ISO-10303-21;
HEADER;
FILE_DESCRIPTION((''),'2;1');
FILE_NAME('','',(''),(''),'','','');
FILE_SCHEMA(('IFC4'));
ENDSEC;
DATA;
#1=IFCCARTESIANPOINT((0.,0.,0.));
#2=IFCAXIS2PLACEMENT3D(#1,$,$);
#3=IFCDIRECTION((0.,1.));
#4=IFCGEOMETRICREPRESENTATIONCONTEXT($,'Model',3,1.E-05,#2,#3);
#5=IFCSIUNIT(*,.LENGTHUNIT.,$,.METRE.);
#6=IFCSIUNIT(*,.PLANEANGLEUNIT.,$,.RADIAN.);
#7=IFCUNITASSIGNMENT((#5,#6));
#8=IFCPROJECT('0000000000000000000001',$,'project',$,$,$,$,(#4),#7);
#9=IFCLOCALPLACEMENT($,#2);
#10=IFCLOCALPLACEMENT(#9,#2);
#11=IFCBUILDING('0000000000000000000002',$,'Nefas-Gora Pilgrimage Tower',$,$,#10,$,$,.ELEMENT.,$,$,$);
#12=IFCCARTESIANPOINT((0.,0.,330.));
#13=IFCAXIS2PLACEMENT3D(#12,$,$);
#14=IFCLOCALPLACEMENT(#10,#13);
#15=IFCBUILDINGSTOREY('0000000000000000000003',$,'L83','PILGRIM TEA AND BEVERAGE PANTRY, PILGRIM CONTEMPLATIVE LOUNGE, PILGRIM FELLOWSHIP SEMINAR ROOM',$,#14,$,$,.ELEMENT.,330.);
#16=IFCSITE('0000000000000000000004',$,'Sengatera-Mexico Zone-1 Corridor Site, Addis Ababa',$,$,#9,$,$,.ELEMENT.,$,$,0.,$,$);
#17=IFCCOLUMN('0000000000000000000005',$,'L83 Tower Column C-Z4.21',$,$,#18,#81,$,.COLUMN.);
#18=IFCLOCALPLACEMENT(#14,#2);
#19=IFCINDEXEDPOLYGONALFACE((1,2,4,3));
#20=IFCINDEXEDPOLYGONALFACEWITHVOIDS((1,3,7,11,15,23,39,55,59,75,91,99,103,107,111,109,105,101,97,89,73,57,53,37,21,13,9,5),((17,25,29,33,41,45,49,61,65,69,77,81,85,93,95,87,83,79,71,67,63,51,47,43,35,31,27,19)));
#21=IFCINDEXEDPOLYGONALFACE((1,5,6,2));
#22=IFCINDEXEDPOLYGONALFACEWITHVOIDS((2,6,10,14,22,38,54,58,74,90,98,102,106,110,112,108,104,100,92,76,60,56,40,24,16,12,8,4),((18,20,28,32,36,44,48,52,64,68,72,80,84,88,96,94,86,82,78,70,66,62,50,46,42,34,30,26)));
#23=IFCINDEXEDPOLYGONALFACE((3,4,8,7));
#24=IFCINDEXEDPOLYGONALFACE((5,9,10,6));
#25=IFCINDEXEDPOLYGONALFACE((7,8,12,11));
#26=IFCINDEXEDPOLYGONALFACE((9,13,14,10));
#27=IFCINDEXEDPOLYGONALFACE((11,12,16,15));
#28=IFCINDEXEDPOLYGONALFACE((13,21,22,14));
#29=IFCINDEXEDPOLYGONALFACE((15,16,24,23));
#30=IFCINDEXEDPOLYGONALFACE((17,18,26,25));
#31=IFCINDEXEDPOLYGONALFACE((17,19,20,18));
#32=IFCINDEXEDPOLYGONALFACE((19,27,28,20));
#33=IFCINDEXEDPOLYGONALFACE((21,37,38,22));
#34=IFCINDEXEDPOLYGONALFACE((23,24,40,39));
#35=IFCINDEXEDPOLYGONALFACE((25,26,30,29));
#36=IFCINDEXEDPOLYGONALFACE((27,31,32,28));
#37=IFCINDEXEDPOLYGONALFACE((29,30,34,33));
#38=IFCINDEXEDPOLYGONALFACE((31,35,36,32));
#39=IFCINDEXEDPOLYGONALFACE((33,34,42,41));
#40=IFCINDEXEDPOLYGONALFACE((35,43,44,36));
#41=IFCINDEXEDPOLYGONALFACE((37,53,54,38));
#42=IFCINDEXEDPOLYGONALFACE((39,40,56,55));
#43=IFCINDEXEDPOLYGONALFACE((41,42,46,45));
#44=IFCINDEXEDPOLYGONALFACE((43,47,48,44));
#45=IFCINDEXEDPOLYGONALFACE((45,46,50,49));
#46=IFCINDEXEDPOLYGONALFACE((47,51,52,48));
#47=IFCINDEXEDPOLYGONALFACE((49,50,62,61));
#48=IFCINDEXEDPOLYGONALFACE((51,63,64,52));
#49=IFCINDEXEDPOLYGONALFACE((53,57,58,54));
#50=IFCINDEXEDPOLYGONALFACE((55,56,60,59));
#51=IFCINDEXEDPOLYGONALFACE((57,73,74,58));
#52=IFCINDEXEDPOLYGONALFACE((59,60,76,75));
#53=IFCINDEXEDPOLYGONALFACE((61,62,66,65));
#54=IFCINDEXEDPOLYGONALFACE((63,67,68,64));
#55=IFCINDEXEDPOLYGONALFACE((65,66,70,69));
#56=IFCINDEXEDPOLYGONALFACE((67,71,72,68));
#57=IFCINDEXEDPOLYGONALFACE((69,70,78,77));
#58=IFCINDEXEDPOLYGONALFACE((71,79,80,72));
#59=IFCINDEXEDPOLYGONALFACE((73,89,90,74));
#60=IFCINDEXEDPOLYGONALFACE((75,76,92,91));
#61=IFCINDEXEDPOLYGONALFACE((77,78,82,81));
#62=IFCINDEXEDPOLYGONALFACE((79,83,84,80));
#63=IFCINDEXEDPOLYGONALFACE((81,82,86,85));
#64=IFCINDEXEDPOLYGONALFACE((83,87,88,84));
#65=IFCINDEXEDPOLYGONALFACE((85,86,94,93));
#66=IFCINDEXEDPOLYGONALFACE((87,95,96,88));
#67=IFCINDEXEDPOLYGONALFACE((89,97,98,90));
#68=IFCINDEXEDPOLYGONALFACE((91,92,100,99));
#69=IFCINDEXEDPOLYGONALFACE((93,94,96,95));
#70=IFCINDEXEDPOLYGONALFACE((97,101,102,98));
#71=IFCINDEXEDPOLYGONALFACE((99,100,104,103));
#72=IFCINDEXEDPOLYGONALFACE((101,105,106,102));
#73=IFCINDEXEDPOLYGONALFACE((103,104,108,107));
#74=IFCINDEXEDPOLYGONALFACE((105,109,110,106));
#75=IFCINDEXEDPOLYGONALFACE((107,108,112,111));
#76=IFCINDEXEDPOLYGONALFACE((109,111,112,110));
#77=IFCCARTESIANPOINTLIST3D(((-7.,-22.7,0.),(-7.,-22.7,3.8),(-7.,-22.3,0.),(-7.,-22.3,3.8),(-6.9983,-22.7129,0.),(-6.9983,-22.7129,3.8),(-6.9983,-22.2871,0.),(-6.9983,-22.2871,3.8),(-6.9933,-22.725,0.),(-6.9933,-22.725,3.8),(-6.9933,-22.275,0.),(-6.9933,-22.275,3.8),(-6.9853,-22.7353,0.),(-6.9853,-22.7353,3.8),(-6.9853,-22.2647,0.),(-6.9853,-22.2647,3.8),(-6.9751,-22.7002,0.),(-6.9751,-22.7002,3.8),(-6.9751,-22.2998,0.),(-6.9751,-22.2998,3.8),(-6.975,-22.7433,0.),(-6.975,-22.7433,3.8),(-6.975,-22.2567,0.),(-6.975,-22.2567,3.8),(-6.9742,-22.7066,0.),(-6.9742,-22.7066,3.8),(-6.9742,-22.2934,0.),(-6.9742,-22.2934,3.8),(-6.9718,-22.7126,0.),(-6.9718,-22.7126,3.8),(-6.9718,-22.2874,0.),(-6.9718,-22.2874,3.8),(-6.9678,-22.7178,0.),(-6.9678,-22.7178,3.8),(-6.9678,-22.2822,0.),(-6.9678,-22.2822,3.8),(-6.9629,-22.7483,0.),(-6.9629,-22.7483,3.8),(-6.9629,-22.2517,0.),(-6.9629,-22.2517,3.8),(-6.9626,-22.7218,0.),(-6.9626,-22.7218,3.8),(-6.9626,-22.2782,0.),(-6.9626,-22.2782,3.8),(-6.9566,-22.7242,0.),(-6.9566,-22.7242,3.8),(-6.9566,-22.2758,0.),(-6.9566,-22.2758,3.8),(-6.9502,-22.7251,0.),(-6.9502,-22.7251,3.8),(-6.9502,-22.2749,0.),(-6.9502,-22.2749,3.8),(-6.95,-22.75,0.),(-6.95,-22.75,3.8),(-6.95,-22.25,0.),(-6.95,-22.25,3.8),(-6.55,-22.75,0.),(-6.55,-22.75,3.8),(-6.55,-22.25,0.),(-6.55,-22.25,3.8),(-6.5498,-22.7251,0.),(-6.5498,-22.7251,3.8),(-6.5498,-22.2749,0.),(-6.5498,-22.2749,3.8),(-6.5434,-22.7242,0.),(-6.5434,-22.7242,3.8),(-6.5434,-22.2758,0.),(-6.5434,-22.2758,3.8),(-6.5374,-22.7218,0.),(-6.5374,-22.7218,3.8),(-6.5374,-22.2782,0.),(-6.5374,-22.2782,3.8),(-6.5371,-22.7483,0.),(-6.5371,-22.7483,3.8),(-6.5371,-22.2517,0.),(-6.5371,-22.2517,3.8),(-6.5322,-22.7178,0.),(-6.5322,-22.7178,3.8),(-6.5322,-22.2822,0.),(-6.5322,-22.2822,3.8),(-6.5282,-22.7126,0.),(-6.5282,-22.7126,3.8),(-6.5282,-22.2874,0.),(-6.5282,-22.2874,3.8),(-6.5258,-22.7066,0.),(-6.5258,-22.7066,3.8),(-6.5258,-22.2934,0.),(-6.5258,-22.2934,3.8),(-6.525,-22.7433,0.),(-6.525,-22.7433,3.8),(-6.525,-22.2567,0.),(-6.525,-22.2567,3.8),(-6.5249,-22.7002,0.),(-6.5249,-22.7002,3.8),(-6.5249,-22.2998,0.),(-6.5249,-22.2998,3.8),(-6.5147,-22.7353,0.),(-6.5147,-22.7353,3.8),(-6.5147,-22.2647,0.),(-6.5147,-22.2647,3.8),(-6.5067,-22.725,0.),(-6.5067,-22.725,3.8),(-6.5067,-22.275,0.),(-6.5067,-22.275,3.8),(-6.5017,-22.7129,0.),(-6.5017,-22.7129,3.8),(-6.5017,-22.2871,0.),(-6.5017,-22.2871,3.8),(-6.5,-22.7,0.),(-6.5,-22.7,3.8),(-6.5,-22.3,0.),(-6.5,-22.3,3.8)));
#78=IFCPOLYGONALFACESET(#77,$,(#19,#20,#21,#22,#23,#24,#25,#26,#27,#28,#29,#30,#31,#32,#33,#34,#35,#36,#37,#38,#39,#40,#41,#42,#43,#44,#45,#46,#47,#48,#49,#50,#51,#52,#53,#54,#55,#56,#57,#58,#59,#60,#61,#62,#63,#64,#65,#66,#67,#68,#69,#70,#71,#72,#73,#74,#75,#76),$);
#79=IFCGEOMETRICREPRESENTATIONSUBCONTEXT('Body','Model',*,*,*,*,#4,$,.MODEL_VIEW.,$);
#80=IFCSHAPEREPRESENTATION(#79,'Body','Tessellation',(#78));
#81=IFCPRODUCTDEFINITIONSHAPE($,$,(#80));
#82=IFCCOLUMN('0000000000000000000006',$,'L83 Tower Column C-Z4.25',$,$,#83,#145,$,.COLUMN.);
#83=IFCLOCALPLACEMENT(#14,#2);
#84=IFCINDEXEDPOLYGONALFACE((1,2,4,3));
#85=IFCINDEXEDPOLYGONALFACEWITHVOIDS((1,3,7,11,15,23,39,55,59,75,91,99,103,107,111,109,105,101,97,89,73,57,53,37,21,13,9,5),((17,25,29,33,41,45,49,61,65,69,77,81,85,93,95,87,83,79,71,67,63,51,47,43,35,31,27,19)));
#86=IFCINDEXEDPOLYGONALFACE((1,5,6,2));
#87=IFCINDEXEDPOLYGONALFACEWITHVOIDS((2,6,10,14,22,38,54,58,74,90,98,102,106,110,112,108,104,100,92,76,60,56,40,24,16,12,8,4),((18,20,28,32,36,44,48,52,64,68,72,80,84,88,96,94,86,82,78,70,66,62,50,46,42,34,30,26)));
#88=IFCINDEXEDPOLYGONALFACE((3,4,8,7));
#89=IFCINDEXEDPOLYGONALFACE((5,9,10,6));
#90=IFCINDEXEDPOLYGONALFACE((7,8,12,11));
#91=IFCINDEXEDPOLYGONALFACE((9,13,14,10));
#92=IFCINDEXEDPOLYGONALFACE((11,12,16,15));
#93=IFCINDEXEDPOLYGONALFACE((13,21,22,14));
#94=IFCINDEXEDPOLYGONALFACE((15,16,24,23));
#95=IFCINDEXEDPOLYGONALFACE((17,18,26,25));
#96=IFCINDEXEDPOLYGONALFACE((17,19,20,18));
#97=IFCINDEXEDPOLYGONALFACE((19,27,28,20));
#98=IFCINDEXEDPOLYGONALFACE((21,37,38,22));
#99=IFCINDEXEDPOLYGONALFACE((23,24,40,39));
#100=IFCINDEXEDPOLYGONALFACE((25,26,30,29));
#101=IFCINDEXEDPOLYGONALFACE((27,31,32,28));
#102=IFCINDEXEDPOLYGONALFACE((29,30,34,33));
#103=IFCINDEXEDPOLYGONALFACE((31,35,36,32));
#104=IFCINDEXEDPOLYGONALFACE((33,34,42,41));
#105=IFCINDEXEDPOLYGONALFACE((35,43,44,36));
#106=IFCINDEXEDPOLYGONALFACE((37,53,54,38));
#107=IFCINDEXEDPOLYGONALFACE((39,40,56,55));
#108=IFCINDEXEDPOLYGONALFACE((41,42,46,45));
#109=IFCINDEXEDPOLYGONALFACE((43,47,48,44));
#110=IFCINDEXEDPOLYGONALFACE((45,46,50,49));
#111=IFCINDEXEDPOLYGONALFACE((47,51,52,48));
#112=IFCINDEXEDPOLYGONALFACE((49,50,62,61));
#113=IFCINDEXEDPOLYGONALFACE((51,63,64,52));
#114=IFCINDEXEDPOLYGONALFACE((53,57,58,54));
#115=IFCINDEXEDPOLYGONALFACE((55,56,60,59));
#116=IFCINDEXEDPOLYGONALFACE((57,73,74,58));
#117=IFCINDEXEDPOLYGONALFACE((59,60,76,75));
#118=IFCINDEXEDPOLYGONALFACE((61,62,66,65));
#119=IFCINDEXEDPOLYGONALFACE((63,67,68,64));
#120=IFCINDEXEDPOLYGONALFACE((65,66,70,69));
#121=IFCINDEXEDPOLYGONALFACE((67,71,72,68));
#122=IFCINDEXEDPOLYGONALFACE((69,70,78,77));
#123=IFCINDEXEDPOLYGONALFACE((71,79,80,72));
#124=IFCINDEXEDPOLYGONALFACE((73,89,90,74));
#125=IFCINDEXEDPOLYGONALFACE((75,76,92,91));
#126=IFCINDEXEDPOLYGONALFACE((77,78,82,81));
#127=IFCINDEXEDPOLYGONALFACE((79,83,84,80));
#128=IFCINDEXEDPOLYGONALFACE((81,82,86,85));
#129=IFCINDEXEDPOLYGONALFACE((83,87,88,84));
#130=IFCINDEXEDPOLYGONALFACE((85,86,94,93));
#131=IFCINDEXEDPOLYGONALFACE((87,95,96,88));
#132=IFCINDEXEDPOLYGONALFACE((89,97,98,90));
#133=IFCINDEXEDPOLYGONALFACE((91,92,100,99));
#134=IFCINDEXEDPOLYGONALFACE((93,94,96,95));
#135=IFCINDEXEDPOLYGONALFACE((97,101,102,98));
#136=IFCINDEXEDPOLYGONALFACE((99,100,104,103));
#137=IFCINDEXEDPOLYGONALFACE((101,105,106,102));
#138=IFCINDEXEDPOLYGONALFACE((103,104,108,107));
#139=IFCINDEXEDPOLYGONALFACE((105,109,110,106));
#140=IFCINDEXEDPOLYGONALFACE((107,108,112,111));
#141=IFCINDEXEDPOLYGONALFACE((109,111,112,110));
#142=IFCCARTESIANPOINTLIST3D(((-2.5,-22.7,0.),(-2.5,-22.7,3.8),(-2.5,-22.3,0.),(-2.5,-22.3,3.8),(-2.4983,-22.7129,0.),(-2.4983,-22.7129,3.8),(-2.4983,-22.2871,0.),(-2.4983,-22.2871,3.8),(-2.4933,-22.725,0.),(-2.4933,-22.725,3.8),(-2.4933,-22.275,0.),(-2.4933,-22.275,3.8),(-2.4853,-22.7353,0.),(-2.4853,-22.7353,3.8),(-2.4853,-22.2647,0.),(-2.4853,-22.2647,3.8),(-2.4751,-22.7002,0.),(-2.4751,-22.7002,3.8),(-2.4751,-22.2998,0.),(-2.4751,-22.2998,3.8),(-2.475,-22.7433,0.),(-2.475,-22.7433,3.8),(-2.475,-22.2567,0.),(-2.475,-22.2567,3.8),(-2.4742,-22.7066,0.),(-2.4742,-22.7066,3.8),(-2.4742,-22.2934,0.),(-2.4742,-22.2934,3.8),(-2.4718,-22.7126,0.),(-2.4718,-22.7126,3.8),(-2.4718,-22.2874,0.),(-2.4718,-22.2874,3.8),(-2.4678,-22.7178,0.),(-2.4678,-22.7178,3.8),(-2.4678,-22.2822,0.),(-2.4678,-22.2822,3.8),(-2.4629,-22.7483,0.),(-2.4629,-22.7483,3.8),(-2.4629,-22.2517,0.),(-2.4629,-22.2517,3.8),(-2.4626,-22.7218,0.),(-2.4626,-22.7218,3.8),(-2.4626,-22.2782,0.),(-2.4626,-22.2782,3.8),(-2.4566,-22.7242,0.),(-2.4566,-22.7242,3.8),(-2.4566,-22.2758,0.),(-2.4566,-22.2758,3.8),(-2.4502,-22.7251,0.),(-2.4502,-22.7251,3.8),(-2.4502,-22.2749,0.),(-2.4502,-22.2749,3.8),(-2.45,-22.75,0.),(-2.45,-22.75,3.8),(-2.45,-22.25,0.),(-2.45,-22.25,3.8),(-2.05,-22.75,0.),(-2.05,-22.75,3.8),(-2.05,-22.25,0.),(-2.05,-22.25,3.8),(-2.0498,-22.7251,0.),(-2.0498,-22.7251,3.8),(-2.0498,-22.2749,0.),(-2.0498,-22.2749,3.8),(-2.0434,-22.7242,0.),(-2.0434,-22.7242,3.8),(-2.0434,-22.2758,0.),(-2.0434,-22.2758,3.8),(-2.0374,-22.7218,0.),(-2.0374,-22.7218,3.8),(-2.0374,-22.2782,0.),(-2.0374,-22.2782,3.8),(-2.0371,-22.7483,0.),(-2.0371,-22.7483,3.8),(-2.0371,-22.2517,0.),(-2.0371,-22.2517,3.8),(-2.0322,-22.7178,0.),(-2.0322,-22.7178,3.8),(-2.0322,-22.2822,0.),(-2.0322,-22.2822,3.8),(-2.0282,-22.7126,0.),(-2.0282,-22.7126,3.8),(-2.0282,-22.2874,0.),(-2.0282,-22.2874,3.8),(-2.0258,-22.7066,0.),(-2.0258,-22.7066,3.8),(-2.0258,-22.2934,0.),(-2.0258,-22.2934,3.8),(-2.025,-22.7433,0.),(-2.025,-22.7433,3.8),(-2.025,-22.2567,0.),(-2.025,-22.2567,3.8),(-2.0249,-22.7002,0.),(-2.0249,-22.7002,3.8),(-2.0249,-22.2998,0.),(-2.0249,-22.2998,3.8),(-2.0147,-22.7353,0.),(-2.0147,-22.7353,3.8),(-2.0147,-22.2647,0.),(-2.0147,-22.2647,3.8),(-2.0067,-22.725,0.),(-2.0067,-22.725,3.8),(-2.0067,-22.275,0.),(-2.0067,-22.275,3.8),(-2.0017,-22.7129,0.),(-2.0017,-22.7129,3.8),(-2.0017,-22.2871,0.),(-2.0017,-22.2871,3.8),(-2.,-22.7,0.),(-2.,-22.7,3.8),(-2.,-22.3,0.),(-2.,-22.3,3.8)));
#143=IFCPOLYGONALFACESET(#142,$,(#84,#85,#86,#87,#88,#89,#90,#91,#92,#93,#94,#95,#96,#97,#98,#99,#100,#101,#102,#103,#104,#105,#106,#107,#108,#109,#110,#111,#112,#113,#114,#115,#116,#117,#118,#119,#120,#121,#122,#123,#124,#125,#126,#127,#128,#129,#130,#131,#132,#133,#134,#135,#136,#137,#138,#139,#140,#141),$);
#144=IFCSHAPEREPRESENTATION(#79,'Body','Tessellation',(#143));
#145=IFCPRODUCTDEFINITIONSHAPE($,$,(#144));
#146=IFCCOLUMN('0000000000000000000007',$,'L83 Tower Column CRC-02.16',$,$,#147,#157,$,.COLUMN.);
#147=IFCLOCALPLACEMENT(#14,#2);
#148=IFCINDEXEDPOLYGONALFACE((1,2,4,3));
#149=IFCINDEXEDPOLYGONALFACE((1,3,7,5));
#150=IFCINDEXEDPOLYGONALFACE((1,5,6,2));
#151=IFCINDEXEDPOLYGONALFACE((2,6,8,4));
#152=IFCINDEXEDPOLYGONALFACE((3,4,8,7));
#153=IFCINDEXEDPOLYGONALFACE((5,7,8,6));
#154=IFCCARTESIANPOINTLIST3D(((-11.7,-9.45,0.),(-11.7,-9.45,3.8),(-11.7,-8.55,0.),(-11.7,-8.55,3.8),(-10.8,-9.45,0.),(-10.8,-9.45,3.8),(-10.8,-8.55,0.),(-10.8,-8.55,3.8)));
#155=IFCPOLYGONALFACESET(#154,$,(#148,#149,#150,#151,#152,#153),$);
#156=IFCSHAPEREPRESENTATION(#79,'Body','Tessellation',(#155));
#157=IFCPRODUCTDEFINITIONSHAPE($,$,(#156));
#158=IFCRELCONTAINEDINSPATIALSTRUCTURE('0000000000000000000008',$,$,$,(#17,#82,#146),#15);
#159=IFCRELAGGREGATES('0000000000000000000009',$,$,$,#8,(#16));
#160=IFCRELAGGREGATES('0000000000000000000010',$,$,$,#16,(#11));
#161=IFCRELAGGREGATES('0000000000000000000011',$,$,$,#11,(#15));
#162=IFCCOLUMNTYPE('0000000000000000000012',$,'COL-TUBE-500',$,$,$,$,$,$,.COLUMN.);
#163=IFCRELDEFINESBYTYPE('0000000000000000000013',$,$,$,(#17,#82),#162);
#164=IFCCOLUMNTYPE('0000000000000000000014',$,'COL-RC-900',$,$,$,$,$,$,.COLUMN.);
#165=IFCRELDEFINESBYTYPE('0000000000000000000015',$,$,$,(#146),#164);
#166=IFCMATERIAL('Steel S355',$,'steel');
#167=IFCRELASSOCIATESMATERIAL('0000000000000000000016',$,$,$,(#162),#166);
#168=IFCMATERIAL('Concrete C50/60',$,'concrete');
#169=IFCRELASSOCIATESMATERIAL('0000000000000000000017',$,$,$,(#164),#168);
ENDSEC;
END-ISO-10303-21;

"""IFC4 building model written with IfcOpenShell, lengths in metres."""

from ifc_helpers import new_model, si_unit, direction, frame, origin, origin_2d, place, context, subcontext, project, spatial, rectangle, hollow_rectangle, extrude, source, transform, mapped, material, material_profile, profile_set, type_object, element, save


model = new_model("IFC4")

# Units and contexts
model_context = context("Model", 3, precision=1e-05, world=origin(), true_north=direction((0.0, 1.0)))
body_context = subcontext(model_context, "Body", "Model", "MODEL_VIEW")
ifc_project = project(units=[si_unit("LENGTHUNIT", "METRE"), si_unit("PLANEANGLEUNIT", "RADIAN")], contexts=[model_context])

# Site, building, storey
site_placement = place(None, origin())
site = spatial("IfcSite", under=ifc_project, at=site_placement, Name="Sengatera-Mexico Zone-1 Corridor Site, Addis Ababa", CompositionType="ELEMENT", RefElevation=0.0)
building_placement = place(site_placement, origin())
building = spatial("IfcBuilding", under=site, at=building_placement, Name="Nefas-Gora Pilgrimage Tower", CompositionType="ELEMENT")
storey_placement = place(building_placement, frame((0.0, 0.0, 330.0)))
storey = spatial("IfcBuildingStorey", under=building, at=storey_placement, Name="L83", Description="PILGRIM TEA AND BEVERAGE PANTRY, PILGRIM CONTEMPLATIVE LOUNGE, PILGRIM FELLOWSHIP SEMINAR ROOM", CompositionType="ELEMENT", Elevation=330.0)

# Columns
ifc_material_1 = material(Name="Steel S355", Category="steel")
ifc_material_profile_1 = material_profile(ifc_material_1, hollow_rectangle(XDim=0.5, YDim=0.5, WallThickness=0.0249, InnerFilletRadius=0.0249, OuterFilletRadius=0.05, at=origin_2d()), Name="SHS 500x500x25")
ifc_profile_set_1 = profile_set([ifc_material_profile_1], Name="Steel S355")
column_type_1 = type_object("IfcColumnType", Name="COL-TUBE-500", PredefinedType="COLUMN", material=ifc_profile_set_1)
shared_shape_1 = source(origin(), body_context, "Body", "SweptSolid", [
    extrude(hollow_rectangle(XDim=0.5, YDim=0.5, WallThickness=0.0249, InnerFilletRadius=0.0249, OuterFilletRadius=0.05, at=origin_2d()), origin(), (0.0, 0.0, 1.0), 3.8),
])
for number, where, z_axis, x_axis, name in (
    (1, (-6.75, -22.5, 0.0), (0.0, 0.0, 1.0), (1.0, 0.0, 0.0), "L83 Tower Column C-Z4.21"),
    (2, (-2.25, -22.5, 0.0), (0.0, 0.0, 1.0), (1.0, 0.0, 0.0), "L83 Tower Column C-Z4.25"),
):
    element("IfcColumn", number, at=place(storey_placement, frame(where, z_axis=z_axis, x_axis=x_axis)), inside=storey, type_object=column_type_1, Name=name, PredefinedType="COLUMN", context=body_context, shape_type="MappedRepresentation", body=[
        mapped(shared_shape_1, transform((0.0, 0.0, 0.0), x_axis=(1.0, 0.0, 0.0), y_axis=(0.0, 1.0, 0.0), z_axis=(0.0, 0.0, 1.0), scale=1.0)),
    ])
ifc_material_2 = material(Name="Concrete C50/60", Category="concrete")
ifc_material_profile_2 = material_profile(ifc_material_2, rectangle(XDim=0.8999, YDim=0.8999, at=origin_2d()), Name="RC 900x900")
ifc_profile_set_2 = profile_set([ifc_material_profile_2], Name="Concrete C50/60")
column_type_2 = type_object("IfcColumnType", Name="COL-RC-900", PredefinedType="COLUMN", material=ifc_profile_set_2)
shared_shape_2 = source(origin(), body_context, "Body", "SweptSolid", [
    extrude(rectangle(XDim=0.8999, YDim=0.8999, at=origin_2d()), origin(), (0.0, 0.0, 1.0), 3.8),
])
column_placement = place(storey_placement, frame((-11.25, -9.0, 0.0), z_axis=(0.0, 0.0, 1.0), x_axis=(1.0, 0.0, 0.0)))
element("IfcColumn", 3, at=column_placement, inside=storey, type_object=column_type_2, Name="L83 Tower Column CRC-02.16", PredefinedType="COLUMN", context=body_context, shape_type="MappedRepresentation", body=[
    mapped(shared_shape_2, transform((0.0, 0.0, 0.0), x_axis=(1.0, 0.0, 0.0), y_axis=(0.0, 1.0, 0.0), z_axis=(0.0, 0.0, 1.0), scale=1.0)),
])

save(model, "model.ifc")
